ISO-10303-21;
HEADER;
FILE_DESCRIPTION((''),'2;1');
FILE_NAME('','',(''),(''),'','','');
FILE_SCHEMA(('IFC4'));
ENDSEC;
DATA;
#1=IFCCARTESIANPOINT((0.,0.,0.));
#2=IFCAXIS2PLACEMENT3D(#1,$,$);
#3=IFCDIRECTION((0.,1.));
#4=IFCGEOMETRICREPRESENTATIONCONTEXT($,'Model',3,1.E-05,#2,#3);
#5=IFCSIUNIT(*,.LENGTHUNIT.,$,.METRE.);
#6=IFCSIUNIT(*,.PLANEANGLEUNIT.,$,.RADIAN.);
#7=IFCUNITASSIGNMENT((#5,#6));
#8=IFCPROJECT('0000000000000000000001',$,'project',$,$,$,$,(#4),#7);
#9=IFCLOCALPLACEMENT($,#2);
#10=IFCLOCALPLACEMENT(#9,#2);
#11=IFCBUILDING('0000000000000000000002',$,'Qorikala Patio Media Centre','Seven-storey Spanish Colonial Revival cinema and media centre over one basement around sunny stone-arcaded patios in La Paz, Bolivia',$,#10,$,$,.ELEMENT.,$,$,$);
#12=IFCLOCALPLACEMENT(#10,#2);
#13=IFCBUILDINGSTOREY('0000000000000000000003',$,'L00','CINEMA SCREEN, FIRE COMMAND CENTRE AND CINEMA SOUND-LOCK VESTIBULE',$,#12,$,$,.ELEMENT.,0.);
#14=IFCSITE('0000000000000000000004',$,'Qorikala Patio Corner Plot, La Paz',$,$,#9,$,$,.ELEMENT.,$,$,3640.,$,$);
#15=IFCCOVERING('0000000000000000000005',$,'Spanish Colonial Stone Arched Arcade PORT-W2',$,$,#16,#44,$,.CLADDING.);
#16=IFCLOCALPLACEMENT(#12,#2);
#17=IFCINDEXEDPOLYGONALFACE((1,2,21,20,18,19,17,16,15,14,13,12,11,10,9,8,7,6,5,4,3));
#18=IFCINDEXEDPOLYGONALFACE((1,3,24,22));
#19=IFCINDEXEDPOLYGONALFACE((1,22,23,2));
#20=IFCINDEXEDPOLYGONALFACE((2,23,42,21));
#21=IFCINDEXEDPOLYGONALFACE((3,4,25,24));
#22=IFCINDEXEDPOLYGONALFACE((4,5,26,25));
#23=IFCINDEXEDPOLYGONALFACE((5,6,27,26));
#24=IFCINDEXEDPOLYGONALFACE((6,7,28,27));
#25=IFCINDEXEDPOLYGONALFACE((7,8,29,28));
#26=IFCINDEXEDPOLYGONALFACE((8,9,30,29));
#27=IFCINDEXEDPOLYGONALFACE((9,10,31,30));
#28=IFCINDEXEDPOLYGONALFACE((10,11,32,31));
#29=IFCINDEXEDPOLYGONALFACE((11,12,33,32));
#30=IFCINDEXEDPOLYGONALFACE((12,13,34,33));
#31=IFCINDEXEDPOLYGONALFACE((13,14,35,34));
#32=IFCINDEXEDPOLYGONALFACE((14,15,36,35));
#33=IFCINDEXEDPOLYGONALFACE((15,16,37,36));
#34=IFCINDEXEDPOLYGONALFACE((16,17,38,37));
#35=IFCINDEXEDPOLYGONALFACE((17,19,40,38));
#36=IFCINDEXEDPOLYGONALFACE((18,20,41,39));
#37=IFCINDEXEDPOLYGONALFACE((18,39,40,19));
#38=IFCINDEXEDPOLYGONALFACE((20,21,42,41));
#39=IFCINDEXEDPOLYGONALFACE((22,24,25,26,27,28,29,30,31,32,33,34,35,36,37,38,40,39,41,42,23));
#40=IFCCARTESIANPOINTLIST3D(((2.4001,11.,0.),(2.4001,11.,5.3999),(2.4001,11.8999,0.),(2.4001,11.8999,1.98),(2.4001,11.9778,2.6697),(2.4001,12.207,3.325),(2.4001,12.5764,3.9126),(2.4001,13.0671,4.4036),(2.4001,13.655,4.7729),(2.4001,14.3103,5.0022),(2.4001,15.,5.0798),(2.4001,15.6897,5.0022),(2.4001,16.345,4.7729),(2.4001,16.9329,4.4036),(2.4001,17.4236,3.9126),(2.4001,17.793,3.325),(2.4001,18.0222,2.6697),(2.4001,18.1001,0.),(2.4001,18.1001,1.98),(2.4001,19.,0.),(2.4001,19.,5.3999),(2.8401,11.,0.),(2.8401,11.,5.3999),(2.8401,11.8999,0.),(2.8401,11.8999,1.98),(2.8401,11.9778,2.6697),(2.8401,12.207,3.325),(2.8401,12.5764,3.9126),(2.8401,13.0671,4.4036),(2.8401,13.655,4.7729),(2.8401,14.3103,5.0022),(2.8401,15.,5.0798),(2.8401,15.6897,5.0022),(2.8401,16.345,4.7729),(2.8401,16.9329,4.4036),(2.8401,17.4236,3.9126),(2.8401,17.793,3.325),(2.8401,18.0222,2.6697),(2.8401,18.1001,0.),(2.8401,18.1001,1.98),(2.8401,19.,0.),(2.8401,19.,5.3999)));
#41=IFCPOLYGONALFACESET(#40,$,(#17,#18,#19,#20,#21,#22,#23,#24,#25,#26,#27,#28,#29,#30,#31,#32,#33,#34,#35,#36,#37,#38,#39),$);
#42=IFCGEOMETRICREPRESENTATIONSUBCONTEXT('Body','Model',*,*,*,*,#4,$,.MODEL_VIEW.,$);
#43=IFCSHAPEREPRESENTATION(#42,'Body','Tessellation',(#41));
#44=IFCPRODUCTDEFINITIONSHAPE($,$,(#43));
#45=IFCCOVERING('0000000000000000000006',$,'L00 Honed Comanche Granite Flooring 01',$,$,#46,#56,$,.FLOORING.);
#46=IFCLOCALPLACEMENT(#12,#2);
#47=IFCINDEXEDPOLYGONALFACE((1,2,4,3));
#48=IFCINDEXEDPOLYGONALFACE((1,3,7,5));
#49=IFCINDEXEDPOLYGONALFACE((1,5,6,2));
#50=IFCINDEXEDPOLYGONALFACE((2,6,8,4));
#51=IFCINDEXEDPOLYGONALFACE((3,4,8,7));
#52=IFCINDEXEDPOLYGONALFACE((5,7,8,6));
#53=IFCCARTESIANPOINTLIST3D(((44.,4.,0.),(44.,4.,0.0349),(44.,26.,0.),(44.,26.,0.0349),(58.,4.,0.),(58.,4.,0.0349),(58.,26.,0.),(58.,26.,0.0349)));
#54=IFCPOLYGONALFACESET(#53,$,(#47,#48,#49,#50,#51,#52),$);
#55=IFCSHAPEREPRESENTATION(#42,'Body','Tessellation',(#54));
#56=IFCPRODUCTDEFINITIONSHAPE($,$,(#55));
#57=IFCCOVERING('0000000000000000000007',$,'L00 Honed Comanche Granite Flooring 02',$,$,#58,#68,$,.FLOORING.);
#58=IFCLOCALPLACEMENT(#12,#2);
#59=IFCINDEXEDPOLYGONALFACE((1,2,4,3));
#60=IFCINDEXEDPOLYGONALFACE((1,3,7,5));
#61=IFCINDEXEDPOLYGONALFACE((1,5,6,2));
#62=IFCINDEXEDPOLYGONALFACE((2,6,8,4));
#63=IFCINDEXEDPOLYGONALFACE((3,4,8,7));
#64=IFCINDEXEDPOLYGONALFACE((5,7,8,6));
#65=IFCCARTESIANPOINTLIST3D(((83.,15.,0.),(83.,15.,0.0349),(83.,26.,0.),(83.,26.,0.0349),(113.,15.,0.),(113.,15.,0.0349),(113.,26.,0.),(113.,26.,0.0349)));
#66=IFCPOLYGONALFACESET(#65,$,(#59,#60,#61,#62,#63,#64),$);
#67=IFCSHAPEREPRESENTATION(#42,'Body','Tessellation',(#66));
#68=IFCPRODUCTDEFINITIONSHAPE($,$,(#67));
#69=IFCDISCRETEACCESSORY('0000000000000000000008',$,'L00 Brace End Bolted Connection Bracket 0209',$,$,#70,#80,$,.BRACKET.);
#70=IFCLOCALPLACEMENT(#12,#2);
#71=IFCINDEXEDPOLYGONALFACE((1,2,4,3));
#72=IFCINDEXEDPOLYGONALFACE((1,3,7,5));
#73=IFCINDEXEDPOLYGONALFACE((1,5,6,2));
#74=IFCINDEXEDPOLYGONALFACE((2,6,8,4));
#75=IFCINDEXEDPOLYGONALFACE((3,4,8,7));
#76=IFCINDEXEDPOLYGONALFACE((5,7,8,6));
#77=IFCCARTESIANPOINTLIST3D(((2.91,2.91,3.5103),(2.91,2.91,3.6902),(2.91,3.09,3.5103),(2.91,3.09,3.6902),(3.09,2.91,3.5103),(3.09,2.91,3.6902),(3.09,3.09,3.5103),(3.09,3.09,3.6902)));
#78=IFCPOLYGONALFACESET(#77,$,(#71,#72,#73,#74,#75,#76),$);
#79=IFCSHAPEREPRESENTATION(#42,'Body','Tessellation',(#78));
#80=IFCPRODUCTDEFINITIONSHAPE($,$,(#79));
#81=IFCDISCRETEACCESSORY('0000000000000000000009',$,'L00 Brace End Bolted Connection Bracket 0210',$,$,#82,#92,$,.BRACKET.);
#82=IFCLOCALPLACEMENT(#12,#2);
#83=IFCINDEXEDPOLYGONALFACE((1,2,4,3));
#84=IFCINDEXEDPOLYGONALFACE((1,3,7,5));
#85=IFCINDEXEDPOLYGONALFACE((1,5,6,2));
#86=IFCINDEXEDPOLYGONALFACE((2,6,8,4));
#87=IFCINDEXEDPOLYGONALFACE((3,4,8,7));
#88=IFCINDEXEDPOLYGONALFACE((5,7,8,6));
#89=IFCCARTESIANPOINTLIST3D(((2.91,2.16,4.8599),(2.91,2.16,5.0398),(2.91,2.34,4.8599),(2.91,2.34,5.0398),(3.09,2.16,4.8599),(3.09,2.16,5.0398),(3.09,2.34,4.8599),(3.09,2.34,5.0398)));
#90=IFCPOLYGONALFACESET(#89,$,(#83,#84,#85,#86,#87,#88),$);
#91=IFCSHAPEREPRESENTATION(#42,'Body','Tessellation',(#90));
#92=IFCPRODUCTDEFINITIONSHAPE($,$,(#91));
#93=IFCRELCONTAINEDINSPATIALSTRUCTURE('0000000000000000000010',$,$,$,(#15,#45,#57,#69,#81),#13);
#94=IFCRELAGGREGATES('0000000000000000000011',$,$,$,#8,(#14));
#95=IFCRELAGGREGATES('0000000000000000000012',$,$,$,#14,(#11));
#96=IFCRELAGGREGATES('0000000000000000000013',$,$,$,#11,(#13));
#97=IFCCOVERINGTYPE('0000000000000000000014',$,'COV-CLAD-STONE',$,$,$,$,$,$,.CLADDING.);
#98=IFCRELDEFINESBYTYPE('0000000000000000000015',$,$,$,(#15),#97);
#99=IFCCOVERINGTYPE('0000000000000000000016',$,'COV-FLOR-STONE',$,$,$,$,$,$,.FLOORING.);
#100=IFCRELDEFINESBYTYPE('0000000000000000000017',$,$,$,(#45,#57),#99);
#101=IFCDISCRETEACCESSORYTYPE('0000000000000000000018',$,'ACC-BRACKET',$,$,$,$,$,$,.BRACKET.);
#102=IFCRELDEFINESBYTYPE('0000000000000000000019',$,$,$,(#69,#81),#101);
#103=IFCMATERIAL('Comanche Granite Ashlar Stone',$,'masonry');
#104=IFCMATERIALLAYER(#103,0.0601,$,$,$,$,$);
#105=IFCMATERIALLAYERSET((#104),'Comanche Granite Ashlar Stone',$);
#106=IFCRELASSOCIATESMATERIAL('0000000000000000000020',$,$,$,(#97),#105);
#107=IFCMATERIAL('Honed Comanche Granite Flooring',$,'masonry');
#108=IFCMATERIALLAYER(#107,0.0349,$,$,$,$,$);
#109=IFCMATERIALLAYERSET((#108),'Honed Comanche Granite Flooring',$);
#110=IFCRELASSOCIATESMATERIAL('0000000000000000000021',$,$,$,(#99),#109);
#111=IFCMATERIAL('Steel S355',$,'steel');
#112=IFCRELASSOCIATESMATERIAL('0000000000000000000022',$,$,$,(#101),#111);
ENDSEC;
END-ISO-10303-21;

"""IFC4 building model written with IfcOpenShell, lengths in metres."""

from ifc_helpers import new_model, si_unit, direction, frame, origin, origin_2d, place, context, subcontext, project, spatial, polyline, rectangle, outline, extrude, material, layer, layer_set, type_object, element, save


model = new_model("IFC4")

# Units and contexts
model_context = context("Model", 3, precision=1e-05, world=origin(), true_north=direction((0.0, 1.0)))
body_context = subcontext(model_context, "Body", "Model", "MODEL_VIEW")
ifc_project = project(units=[si_unit("LENGTHUNIT", "METRE"), si_unit("PLANEANGLEUNIT", "RADIAN")], contexts=[model_context])

# Site, building, storey
site_placement = place(None, origin())
site = spatial("IfcSite", under=ifc_project, at=site_placement, Name="Qorikala Patio Corner Plot, La Paz", CompositionType="ELEMENT", RefElevation=3640.0)
building_placement = place(site_placement, origin())
building = spatial("IfcBuilding", under=site, at=building_placement, Name="Qorikala Patio Media Centre", Description="Seven-storey Spanish Colonial Revival cinema and media centre over one basement around sunny stone-arcaded patios in La Paz, Bolivia", CompositionType="ELEMENT")
storey_placement = place(building_placement, origin())
storey = spatial("IfcBuildingStorey", under=building, at=storey_placement, Name="L00", Description="CINEMA SCREEN, FIRE COMMAND CENTRE AND CINEMA SOUND-LOCK VESTIBULE", CompositionType="ELEMENT", Elevation=0.0)

# Shared definitions
ifc_material_1 = material(Name="Steel S355", Category="steel")

# Coverings
ifc_material_2 = material(Name="Comanche Granite Ashlar Stone", Category="masonry")
ifc_layer_1 = layer(ifc_material_2, 0.0601)
ifc_layer_set_1 = layer_set([ifc_layer_1], Name="Comanche Granite Ashlar Stone")
covering_type_1 = type_object("IfcCoveringType", Name="COV-CLAD-STONE", PredefinedType="CLADDING", material=ifc_layer_set_1)
for number, where, z_axis, x_axis, name in (
    (1, (2.6201, 11.0, 0.0), (0.0, 0.0, 1.0), (0.0, 1.0, 0.0), "Spanish Colonial Stone Arched Arcade PORT-W2"),
):
    element("IfcCovering", number, at=place(storey_placement, frame(where, z_axis=z_axis, x_axis=x_axis)), inside=storey, type_object=covering_type_1, Name=name, PredefinedType="CLADDING", context=body_context, shape_type="SweptSolid", body=[
        extrude(outline(polyline([(0.0, 0.0), (0.8999, 0.0), (0.8999, 1.98), (0.9778, 2.6697), (1.207, 3.325), (1.5764, 3.9126), (2.0671, 4.4036), (2.655, 4.7729), (3.3103, 5.0022), (4.0, 5.0798), (4.6897, 5.0022), (5.345, 4.7729), (5.9329, 4.4036), (6.4236, 3.9126), (6.793, 3.325), (7.0222, 2.6697), (7.1001, 1.98), (7.1001, 0.0), (8.0, 0.0), (8.0, 5.3999), (0.0, 5.3999), (0.0, 0.0)])), frame((0.0, 0.22, 0.0), z_axis=(0.0, -1.0, 0.0), x_axis=(1.0, 0.0, 0.0)), (0.0, 0.0, 1.0), 0.4399),
    ])
ifc_material_3 = material(Name="Honed Comanche Granite Flooring", Category="masonry")
ifc_layer_2 = layer(ifc_material_3, 0.0349)
ifc_layer_set_2 = layer_set([ifc_layer_2], Name="Honed Comanche Granite Flooring")
covering_type_2 = type_object("IfcCoveringType", Name="COV-FLOR-STONE", PredefinedType="FLOORING", material=ifc_layer_set_2)
covering_1_placement = place(storey_placement, origin())
element("IfcCovering", 2, at=covering_1_placement, inside=storey, type_object=covering_type_2, Name="L00 Honed Comanche Granite Flooring 01", PredefinedType="FLOORING", context=body_context, shape_type="SweptSolid", body=[
    extrude(outline(polyline([(44.0, 4.0), (58.0, 4.0), (58.0, 26.0), (44.0, 26.0), (44.0, 4.0)])), origin(), (0.0, 0.0, 1.0), 0.0349),
])
covering_2_placement = place(storey_placement, origin())
element("IfcCovering", 3, at=covering_2_placement, inside=storey, type_object=covering_type_2, Name="L00 Honed Comanche Granite Flooring 02", PredefinedType="FLOORING", context=body_context, shape_type="SweptSolid", body=[
    extrude(outline(polyline([(83.0, 15.0), (113.0, 15.0), (113.0, 26.0), (83.0, 26.0), (83.0, 15.0)])), origin(), (0.0, 0.0, 1.0), 0.0349),
])

# Discrete accessories
discrete_accessory_type = type_object("IfcDiscreteAccessoryType", Name="ACC-BRACKET", PredefinedType="BRACKET", material=ifc_material_1)
for number, where, z_axis, x_axis, name in (
    (4, (3.0, 3.0, 3.5103), (0.0, 0.0, 1.0), (1.0, 0.0, 0.0), "L00 Brace End Bolted Connection Bracket 0209"),
    (5, (3.0, 2.25, 4.8599), (0.0, 0.0, 1.0), (1.0, 0.0, 0.0), "L00 Brace End Bolted Connection Bracket 0210"),
):
    element("IfcDiscreteAccessory", number, at=place(storey_placement, frame(where, z_axis=z_axis, x_axis=x_axis)), inside=storey, type_object=discrete_accessory_type, Name=name, PredefinedType="BRACKET", context=body_context, shape_type="SweptSolid", body=[
        extrude(rectangle(XDim=0.1799, YDim=0.1799, at=origin_2d()), origin(), (0.0, 0.0, 1.0), 0.1799),
    ])

save(model, "model.ifc")
